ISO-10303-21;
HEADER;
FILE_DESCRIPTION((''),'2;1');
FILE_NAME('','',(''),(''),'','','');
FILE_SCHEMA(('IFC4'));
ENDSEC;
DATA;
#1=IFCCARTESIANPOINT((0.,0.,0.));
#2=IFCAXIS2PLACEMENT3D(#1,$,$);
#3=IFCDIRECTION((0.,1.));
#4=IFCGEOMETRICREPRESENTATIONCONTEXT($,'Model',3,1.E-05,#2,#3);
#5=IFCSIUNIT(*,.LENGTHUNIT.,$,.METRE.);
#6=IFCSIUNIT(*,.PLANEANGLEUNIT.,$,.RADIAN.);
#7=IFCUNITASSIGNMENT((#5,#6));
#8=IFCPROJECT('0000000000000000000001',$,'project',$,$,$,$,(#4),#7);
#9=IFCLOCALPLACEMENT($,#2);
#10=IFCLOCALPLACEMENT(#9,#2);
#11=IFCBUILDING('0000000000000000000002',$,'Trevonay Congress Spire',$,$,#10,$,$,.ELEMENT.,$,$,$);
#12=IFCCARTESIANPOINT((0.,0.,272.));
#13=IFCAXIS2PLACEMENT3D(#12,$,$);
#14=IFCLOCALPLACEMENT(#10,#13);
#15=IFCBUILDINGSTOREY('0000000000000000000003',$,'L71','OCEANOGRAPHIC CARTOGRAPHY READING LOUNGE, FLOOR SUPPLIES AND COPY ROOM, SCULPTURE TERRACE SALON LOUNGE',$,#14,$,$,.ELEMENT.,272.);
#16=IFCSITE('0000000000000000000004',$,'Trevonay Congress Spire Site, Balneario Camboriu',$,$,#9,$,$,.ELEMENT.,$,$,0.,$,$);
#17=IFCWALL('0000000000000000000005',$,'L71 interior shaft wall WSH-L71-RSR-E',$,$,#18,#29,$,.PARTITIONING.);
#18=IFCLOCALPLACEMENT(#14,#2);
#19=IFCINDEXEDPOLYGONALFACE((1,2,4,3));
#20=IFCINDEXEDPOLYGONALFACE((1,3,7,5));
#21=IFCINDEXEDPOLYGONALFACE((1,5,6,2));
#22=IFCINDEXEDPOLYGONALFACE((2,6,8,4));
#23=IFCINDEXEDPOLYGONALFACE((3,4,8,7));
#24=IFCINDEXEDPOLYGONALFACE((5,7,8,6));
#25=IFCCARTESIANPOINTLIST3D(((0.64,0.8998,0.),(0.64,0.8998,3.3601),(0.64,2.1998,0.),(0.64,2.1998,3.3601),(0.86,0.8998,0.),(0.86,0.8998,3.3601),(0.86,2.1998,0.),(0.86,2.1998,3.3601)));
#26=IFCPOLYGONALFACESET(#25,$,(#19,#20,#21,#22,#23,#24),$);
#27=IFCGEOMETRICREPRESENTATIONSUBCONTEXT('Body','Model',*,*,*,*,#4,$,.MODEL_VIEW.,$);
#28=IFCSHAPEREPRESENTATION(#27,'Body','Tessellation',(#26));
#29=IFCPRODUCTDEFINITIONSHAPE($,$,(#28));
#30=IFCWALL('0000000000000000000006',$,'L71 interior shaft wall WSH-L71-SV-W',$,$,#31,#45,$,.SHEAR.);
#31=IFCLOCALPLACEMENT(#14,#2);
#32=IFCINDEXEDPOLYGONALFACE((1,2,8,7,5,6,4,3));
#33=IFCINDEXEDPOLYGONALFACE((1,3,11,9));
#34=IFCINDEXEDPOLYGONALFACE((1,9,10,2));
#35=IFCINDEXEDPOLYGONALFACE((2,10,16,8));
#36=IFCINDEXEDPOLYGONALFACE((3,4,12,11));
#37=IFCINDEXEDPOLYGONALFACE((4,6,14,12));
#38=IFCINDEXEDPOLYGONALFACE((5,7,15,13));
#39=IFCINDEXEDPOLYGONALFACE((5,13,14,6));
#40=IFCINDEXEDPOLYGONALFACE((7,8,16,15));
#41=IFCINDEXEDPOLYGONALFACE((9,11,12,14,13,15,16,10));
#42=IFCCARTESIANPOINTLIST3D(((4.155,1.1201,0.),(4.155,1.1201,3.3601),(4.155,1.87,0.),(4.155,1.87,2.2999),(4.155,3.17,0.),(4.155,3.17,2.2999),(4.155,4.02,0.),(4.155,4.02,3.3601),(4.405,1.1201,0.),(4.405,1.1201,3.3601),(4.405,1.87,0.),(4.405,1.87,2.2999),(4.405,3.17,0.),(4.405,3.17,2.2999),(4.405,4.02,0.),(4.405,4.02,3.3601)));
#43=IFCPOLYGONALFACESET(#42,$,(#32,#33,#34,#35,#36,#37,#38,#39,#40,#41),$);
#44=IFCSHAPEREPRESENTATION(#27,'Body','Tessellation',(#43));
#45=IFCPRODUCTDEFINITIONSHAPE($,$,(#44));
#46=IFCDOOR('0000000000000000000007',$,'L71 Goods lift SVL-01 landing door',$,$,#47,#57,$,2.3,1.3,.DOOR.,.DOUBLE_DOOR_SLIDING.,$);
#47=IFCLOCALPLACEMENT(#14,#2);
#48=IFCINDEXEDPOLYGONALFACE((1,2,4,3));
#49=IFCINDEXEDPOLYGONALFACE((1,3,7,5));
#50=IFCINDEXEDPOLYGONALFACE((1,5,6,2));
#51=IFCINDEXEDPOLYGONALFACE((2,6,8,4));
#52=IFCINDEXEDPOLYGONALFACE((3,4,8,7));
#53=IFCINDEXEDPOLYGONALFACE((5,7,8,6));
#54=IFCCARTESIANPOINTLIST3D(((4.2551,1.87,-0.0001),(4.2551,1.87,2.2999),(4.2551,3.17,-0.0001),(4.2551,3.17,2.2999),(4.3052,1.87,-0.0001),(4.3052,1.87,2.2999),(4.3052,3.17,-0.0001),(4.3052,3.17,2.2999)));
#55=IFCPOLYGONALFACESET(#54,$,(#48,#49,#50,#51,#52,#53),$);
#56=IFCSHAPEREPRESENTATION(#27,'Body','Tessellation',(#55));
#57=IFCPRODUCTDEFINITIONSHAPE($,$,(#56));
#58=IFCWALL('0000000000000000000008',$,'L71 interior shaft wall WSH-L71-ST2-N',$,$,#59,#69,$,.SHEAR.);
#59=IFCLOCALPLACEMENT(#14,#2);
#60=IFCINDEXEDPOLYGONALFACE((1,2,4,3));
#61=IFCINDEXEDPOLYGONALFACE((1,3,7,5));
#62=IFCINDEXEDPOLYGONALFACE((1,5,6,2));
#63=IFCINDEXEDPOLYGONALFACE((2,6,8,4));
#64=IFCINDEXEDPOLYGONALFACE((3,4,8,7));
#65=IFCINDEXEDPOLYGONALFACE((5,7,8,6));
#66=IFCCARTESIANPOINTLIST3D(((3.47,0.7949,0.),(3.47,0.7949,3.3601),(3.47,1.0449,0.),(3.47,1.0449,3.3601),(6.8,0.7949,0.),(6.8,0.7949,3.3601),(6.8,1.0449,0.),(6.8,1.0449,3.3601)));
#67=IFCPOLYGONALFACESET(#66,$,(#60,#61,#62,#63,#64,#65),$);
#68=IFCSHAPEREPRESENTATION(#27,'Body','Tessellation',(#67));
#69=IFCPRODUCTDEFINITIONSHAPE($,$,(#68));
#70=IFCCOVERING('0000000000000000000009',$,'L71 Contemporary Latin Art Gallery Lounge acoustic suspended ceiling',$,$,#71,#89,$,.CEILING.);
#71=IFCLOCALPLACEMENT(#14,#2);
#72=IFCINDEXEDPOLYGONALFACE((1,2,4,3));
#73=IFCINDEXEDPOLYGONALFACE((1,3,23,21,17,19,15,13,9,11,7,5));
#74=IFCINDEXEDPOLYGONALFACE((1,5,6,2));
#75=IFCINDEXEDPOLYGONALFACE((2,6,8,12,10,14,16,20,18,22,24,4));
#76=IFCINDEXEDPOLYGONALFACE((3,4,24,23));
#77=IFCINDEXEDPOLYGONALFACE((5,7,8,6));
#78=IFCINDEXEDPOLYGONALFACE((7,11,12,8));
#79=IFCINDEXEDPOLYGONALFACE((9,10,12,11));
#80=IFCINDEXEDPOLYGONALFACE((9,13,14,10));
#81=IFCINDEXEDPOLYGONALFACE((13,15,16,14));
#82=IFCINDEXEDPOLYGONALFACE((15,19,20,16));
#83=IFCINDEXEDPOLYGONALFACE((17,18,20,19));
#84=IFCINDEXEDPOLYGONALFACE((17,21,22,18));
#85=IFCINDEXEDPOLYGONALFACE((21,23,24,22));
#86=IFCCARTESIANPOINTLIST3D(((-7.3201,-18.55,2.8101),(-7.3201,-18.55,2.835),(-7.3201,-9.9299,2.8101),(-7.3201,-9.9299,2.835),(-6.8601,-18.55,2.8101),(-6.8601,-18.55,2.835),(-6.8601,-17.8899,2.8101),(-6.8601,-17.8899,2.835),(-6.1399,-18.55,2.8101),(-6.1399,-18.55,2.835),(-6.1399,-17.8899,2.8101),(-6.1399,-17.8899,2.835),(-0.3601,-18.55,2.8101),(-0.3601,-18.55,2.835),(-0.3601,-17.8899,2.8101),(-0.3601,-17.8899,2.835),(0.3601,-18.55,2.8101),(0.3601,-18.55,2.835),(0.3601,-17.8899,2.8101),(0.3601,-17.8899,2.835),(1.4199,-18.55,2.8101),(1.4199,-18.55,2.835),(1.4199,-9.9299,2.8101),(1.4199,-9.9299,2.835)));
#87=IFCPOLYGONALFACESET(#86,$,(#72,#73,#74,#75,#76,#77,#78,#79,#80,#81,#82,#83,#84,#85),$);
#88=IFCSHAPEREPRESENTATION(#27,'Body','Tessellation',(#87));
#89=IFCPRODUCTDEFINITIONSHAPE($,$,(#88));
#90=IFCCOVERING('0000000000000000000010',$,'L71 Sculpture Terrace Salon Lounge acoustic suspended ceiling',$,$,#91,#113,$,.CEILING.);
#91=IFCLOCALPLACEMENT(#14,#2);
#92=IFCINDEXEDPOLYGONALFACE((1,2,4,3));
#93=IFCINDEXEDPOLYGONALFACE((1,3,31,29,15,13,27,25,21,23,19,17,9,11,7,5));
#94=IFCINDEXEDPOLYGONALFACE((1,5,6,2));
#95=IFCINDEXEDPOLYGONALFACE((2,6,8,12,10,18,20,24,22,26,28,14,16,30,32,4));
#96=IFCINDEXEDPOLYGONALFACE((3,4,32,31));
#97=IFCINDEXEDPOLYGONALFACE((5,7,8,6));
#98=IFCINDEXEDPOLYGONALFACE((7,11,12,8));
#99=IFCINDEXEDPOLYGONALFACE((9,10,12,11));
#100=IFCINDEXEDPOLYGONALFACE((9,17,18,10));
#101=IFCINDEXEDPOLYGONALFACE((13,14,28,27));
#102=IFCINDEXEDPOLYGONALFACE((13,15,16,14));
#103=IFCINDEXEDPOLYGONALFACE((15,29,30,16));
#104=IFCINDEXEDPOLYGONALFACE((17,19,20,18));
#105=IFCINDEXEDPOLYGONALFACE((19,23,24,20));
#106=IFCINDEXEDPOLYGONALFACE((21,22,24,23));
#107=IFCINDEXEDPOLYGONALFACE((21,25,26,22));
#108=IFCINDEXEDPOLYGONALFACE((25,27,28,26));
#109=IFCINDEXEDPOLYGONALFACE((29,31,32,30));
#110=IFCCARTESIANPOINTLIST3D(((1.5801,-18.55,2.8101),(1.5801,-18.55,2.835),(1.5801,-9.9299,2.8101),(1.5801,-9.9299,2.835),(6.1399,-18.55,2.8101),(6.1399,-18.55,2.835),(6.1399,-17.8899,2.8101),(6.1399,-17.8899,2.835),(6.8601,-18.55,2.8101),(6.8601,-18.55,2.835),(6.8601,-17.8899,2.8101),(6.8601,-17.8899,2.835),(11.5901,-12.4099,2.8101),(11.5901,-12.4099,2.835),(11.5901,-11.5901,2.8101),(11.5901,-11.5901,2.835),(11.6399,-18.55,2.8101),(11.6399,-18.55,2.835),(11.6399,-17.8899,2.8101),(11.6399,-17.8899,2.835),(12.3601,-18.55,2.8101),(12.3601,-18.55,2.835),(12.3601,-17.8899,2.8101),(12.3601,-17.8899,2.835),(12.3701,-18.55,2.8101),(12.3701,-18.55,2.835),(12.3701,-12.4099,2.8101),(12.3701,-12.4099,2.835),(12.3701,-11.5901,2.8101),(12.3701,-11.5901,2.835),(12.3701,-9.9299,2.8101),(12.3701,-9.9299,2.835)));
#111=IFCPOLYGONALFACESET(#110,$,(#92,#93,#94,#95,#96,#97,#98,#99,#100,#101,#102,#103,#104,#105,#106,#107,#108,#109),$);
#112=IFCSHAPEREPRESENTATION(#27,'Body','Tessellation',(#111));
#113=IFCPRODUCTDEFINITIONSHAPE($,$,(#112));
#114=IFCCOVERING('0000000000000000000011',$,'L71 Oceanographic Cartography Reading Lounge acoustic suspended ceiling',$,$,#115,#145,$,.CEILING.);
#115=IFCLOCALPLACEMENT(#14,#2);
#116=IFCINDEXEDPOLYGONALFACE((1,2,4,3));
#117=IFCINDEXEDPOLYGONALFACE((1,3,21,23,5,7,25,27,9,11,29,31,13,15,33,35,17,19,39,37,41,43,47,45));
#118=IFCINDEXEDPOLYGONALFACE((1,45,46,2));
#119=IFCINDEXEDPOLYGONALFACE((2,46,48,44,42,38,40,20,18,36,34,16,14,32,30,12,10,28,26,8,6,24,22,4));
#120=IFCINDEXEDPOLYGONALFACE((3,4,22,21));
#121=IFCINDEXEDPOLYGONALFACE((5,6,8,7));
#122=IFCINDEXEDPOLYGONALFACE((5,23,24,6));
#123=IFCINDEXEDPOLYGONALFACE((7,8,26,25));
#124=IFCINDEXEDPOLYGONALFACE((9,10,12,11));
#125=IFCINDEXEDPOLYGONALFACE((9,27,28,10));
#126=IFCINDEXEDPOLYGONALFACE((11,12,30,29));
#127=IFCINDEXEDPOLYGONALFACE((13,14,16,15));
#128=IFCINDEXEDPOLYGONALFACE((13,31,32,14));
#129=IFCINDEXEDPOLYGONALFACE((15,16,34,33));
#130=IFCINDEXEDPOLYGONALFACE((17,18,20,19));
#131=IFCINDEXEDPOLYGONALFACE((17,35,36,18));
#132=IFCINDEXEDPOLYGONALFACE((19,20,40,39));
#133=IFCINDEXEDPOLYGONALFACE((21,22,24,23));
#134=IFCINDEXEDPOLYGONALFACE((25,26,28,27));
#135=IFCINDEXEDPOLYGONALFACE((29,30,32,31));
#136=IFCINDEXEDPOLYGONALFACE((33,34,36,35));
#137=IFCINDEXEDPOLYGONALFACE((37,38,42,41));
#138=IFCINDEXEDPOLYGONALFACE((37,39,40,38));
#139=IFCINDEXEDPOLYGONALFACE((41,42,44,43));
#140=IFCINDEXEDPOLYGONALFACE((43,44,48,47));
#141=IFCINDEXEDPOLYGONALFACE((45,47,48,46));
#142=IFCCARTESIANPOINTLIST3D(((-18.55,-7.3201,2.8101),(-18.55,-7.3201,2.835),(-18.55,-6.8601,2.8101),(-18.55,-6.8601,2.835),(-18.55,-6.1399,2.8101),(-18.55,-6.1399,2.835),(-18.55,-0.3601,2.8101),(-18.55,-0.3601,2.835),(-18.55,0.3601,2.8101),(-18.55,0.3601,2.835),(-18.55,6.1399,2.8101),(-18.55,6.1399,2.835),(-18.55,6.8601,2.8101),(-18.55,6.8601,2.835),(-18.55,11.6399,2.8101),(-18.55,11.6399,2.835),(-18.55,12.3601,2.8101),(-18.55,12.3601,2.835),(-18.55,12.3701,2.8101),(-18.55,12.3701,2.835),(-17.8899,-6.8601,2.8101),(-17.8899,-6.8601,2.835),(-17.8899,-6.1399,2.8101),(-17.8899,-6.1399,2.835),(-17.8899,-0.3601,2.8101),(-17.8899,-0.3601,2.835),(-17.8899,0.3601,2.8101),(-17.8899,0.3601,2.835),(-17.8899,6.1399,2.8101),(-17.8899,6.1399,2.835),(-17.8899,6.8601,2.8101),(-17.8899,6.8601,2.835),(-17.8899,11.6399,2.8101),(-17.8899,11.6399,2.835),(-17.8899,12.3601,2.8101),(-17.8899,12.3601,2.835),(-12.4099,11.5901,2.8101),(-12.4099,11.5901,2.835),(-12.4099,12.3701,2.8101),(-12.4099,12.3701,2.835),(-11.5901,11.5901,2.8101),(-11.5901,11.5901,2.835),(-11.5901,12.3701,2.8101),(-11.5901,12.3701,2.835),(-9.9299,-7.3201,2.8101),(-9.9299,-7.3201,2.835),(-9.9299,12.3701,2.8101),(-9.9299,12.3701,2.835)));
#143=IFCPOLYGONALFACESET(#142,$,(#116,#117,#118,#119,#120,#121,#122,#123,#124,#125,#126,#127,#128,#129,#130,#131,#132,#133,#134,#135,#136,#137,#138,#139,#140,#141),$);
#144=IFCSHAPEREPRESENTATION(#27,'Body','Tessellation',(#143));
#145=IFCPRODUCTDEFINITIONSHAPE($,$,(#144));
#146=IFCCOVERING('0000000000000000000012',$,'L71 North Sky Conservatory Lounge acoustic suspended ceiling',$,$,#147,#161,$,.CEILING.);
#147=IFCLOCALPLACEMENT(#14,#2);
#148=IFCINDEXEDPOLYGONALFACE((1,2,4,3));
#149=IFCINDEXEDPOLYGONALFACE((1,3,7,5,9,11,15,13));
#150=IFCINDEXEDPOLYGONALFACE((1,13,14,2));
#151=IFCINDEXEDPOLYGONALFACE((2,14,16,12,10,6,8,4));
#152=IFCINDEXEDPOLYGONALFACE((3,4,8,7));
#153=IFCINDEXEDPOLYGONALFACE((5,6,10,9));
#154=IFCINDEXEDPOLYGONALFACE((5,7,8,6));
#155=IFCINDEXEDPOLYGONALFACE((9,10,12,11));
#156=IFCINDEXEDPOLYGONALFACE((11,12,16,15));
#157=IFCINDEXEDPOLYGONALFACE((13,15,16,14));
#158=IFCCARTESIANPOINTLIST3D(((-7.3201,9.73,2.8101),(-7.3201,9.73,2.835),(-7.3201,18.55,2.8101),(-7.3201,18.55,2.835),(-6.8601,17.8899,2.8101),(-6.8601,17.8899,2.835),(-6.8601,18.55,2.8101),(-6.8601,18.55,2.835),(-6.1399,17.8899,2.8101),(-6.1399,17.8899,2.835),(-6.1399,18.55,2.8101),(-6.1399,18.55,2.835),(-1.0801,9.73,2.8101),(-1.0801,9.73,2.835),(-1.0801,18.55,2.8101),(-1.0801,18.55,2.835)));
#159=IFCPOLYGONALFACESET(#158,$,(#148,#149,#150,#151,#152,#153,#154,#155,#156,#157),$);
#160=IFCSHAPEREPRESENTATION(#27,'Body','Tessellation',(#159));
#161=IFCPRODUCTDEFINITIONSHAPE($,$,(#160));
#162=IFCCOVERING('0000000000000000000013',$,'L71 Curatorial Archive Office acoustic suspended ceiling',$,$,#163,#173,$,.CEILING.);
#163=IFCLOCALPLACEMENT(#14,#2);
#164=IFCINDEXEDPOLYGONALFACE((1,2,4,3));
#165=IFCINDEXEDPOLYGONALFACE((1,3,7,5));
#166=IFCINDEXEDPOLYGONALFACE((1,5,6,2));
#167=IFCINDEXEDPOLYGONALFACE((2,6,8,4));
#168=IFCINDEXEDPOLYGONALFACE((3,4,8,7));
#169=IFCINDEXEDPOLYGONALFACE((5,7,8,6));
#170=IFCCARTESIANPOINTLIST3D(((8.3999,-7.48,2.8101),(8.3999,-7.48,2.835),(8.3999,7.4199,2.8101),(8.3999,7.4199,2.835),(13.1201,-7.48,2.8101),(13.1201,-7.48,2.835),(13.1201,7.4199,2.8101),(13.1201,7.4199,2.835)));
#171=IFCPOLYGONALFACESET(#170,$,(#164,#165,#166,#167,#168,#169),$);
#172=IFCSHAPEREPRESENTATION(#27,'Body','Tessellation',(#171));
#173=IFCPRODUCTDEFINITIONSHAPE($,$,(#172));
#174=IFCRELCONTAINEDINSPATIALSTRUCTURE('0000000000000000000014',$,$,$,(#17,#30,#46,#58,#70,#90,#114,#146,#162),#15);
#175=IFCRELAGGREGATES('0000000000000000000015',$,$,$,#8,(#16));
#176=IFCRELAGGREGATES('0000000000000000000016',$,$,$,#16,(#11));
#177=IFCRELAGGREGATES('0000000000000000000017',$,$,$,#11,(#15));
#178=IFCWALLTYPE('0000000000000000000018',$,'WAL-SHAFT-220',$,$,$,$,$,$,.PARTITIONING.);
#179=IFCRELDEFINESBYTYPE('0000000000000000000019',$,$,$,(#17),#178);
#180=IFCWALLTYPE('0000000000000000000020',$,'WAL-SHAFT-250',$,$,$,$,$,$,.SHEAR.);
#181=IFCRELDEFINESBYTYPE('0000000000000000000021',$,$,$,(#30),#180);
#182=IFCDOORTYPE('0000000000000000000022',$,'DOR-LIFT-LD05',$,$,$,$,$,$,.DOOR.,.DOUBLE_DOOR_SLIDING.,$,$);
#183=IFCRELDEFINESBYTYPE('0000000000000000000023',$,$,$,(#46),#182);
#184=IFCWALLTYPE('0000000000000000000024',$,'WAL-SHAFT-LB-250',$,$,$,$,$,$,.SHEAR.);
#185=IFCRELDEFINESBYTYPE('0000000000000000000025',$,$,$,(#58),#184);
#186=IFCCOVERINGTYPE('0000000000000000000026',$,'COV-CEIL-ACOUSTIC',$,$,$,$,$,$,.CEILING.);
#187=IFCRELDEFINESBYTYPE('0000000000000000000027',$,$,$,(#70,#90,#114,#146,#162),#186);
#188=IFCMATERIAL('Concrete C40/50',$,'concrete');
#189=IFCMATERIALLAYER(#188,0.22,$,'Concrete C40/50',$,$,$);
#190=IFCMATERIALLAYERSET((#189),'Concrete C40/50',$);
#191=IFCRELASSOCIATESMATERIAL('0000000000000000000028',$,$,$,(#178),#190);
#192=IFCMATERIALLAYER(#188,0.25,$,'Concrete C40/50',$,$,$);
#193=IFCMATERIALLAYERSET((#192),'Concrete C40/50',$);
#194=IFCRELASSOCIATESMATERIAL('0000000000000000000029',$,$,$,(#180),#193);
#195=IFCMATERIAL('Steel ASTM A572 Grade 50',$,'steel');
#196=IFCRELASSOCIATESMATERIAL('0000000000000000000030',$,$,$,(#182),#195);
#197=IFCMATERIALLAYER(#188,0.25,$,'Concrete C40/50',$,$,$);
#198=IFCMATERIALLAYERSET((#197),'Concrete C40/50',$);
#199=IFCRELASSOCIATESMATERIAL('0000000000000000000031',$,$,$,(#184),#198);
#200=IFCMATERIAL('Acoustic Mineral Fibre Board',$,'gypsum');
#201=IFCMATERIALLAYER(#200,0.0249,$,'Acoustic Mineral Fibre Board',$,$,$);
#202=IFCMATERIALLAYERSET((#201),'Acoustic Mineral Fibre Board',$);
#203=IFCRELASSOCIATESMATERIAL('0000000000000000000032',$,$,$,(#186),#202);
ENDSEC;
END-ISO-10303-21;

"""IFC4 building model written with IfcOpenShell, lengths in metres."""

from ifc_helpers import new_model, si_unit, direction, frame, frame_2d, origin, place, context, subcontext, project, spatial, polyline, rectangle, outline, extrude, material, layer, layer_set, type_object, element, fill, save


model = new_model("IFC4")

# Units and contexts
model_context = context("Model", 3, precision=1e-05, world=origin(), true_north=direction((0.0, 1.0)))
body_context = subcontext(model_context, "Body", "Model", "MODEL_VIEW")
ifc_project = project(units=[si_unit("LENGTHUNIT", "METRE"), si_unit("PLANEANGLEUNIT", "RADIAN")], contexts=[model_context])

# Site, building, storey
site_placement = place(None, origin())
site = spatial("IfcSite", under=ifc_project, at=site_placement, Name="Trevonay Congress Spire Site, Balneario Camboriu", CompositionType="ELEMENT", RefElevation=0.0)
building_placement = place(site_placement, origin())
building = spatial("IfcBuilding", under=site, at=building_placement, Name="Trevonay Congress Spire", CompositionType="ELEMENT")
storey_placement = place(building_placement, frame((0.0, 0.0, 272.0)))
storey = spatial("IfcBuildingStorey", under=building, at=storey_placement, Name="L71", Description="OCEANOGRAPHIC CARTOGRAPHY READING LOUNGE, FLOOR SUPPLIES AND COPY ROOM, SCULPTURE TERRACE SALON LOUNGE", CompositionType="ELEMENT", Elevation=272.0)

# Wall
ifc_material_1 = material(Name="Concrete C40/50", Category="concrete")
ifc_layer_1 = layer(ifc_material_1, 0.22, Name="Concrete C40/50")
ifc_layer_set_1 = layer_set([ifc_layer_1], Name="Concrete C40/50")
wall_type_1 = type_object("IfcWallType", Name="WAL-SHAFT-220", PredefinedType="PARTITIONING", material=ifc_layer_set_1)
wall_1_placement = place(storey_placement, frame((0.75, 0.8999, 0.0), z_axis=(0.0, 0.0, 1.0), x_axis=(0.0, 1.0, 0.0)))
element("IfcWall", 1, at=wall_1_placement, inside=storey, type_object=wall_type_1, Name="L71 interior shaft wall WSH-L71-RSR-E", PredefinedType="PARTITIONING", context=body_context, shape_type="SweptSolid", body=[
    extrude(rectangle(XDim=1.3, YDim=0.22, at=frame_2d((0.6499, 0.0))), origin(), (0.0, 0.0, 1.0), 3.3601),
])

# Wall, opening, door
ifc_layer_2 = layer(ifc_material_1, 0.25, Name="Concrete C40/50")
ifc_layer_set_2 = layer_set([ifc_layer_2], Name="Concrete C40/50")
wall_type_2 = type_object("IfcWallType", Name="WAL-SHAFT-250", PredefinedType="SHEAR", material=ifc_layer_set_2)
wall_2_placement = place(storey_placement, frame((4.28, 1.1201, 0.0), z_axis=(0.0, 0.0, 1.0), x_axis=(0.0, 1.0, 0.0)))
wall_2 = element("IfcWall", 2, at=wall_2_placement, inside=storey, type_object=wall_type_2, Name="L71 interior shaft wall WSH-L71-SV-W", PredefinedType="SHEAR", context=body_context, shape_type="SweptSolid", body=[
    extrude(rectangle(XDim=2.8999, YDim=0.25, at=frame_2d((1.45, 0.0))), origin(), (0.0, 0.0, 1.0), 3.3601),
])
opening_placement = place(wall_2_placement, frame((0.75, 0.0, 0.0)))
opening = element("IfcOpeningElement", 3, at=opening_placement, cuts=wall_2, PredefinedType="OPENING", context=body_context, shape_type="SweptSolid", body=[
    extrude(rectangle(XDim=1.3, YDim=2.3, at=frame_2d((0.6499, 1.1499))), frame((0.0, 0.135, 0.0), z_axis=(0.0, -1.0, 0.0), x_axis=(1.0, 0.0, 0.0)), (0.0, 0.0, 1.0), 0.27),
])
ifc_material_2 = material(Name="Steel ASTM A572 Grade 50", Category="steel")
door_type = type_object("IfcDoorType", Name="DOR-LIFT-LD05", OperationType="DOUBLE_DOOR_SLIDING", PredefinedType="DOOR", material=ifc_material_2)
door_placement = place(opening_placement, origin())
door = element("IfcDoor", 4, at=door_placement, inside=storey, type_object=door_type, Name="L71 Goods lift SVL-01 landing door", OperationType="DOUBLE_DOOR_SLIDING", OverallHeight=2.3, OverallWidth=1.3, PredefinedType="DOOR", context=body_context, shape_type="SweptSolid", body=[
    extrude(rectangle(XDim=1.3, YDim=2.3, at=frame_2d((0.6499, 1.1499))), frame((0.0, 0.0249, 0.0), z_axis=(0.0, -1.0, 0.0), x_axis=(1.0, 0.0, 0.0)), (0.0, 0.0, 1.0), 0.05),
])
fill(opening, door)

# Wall
ifc_layer_3 = layer(ifc_material_1, 0.25, Name="Concrete C40/50")
ifc_layer_set_3 = layer_set([ifc_layer_3], Name="Concrete C40/50")
wall_type_3 = type_object("IfcWallType", Name="WAL-SHAFT-LB-250", PredefinedType="SHEAR", material=ifc_layer_set_3)
wall_3_placement = place(storey_placement, frame((3.47, 0.9199, 0.0), z_axis=(0.0, 0.0, 1.0), x_axis=(1.0, 0.0, 0.0)))
element("IfcWall", 5, at=wall_3_placement, inside=storey, type_object=wall_type_3, Name="L71 interior shaft wall WSH-L71-ST2-N", PredefinedType="SHEAR", context=body_context, shape_type="SweptSolid", body=[
    extrude(rectangle(XDim=3.3301, YDim=0.25, at=frame_2d((1.665, 0.0))), origin(), (0.0, 0.0, 1.0), 3.3601),
])

# Coverings
ifc_material_3 = material(Name="Acoustic Mineral Fibre Board", Category="gypsum")
ifc_layer_4 = layer(ifc_material_3, 0.0249, Name="Acoustic Mineral Fibre Board")
ifc_layer_set_4 = layer_set([ifc_layer_4], Name="Acoustic Mineral Fibre Board")
covering_type_1 = type_object("IfcCoveringType", Name="COV-CEIL-ACOUSTIC", PredefinedType="CEILING", material=ifc_layer_set_4)
covering_1_placement = place(storey_placement, frame((0.0, 0.0, 2.8101)))
element("IfcCovering", 6, at=covering_1_placement, inside=storey, type_object=covering_type_1, Name="L71 Contemporary Latin Art Gallery Lounge acoustic suspended ceiling", PredefinedType="CEILING", context=body_context, shape_type="SweptSolid", body=[
    extrude(outline(polyline([(-7.3201, -18.55), (-7.3201, -9.9299), (1.4199, -9.9299), (1.4199, -18.55), (0.3601, -18.55), (0.3601, -17.8899), (-0.3601, -17.8899), (-0.3601, -18.55), (-6.1399, -18.55), (-6.1399, -17.8899), (-6.8601, -17.8899), (-6.8601, -18.55), (-7.3201, -18.55)])), origin(), (0.0, 0.0, 1.0), 0.0249),
])
covering_2_placement = place(storey_placement, frame((0.0, 0.0, 2.8101)))
element("IfcCovering", 7, at=covering_2_placement, inside=storey, type_object=covering_type_1, Name="L71 Sculpture Terrace Salon Lounge acoustic suspended ceiling", PredefinedType="CEILING", context=body_context, shape_type="SweptSolid", body=[
    extrude(outline(polyline([(1.5801, -18.55), (1.5801, -9.9299), (12.3701, -9.9299), (12.3701, -11.5901), (11.5901, -11.5901), (11.5901, -12.4099), (12.3701, -12.4099), (12.3701, -18.55), (12.3601, -18.55), (12.3601, -17.8899), (11.6399, -17.8899), (11.6399, -18.55), (6.8601, -18.55), (6.8601, -17.8899), (6.1399, -17.8899), (6.1399, -18.55), (1.5801, -18.55)])), origin(), (0.0, 0.0, 1.0), 0.0249),
])
covering_3_placement = place(storey_placement, frame((0.0, 0.0, 2.8101)))
element("IfcCovering", 8, at=covering_3_placement, inside=storey, type_object=covering_type_1, Name="L71 Oceanographic Cartography Reading Lounge acoustic suspended ceiling", PredefinedType="CEILING", context=body_context, shape_type="SweptSolid", body=[
    extrude(outline(polyline([(-9.9299, 12.3701), (-9.9299, -7.3201), (-18.55, -7.3201), (-18.55, -6.8601), (-17.8899, -6.8601), (-17.8899, -6.1399), (-18.55, -6.1399), (-18.55, -0.3601), (-17.8899, -0.3601), (-17.8899, 0.3601), (-18.55, 0.3601), (-18.55, 6.1399), (-17.8899, 6.1399), (-17.8899, 6.8601), (-18.55, 6.8601), (-18.55, 11.6399), (-17.8899, 11.6399), (-17.8899, 12.3601), (-18.55, 12.3601), (-18.55, 12.3701), (-12.4099, 12.3701), (-12.4099, 11.5901), (-11.5901, 11.5901), (-11.5901, 12.3701), (-9.9299, 12.3701)])), origin(), (0.0, 0.0, 1.0), 0.0249),
])
covering_4_placement = place(storey_placement, frame((0.0, 0.0, 2.8101)))
element("IfcCovering", 9, at=covering_4_placement, inside=storey, type_object=covering_type_1, Name="L71 North Sky Conservatory Lounge acoustic suspended ceiling", PredefinedType="CEILING", context=body_context, shape_type="SweptSolid", body=[
    extrude(outline(polyline([(-1.0801, 18.55), (-1.0801, 9.73), (-7.3201, 9.73), (-7.3201, 18.55), (-6.8601, 18.55), (-6.8601, 17.8899), (-6.1399, 17.8899), (-6.1399, 18.55), (-1.0801, 18.55)])), origin(), (0.0, 0.0, 1.0), 0.0249),
])
covering_5_placement = place(storey_placement, frame((0.0, 0.0, 2.8101)))
element("IfcCovering", 10, at=covering_5_placement, inside=storey, type_object=covering_type_1, Name="L71 Curatorial Archive Office acoustic suspended ceiling", PredefinedType="CEILING", context=body_context, shape_type="SweptSolid", body=[
    extrude(outline(polyline([(8.3999, -7.48), (13.1201, -7.48), (13.1201, 7.4199), (8.3999, 7.4199), (8.3999, -7.48)])), origin(), (0.0, 0.0, 1.0), 0.0249),
])

save(model, "model.ifc")
